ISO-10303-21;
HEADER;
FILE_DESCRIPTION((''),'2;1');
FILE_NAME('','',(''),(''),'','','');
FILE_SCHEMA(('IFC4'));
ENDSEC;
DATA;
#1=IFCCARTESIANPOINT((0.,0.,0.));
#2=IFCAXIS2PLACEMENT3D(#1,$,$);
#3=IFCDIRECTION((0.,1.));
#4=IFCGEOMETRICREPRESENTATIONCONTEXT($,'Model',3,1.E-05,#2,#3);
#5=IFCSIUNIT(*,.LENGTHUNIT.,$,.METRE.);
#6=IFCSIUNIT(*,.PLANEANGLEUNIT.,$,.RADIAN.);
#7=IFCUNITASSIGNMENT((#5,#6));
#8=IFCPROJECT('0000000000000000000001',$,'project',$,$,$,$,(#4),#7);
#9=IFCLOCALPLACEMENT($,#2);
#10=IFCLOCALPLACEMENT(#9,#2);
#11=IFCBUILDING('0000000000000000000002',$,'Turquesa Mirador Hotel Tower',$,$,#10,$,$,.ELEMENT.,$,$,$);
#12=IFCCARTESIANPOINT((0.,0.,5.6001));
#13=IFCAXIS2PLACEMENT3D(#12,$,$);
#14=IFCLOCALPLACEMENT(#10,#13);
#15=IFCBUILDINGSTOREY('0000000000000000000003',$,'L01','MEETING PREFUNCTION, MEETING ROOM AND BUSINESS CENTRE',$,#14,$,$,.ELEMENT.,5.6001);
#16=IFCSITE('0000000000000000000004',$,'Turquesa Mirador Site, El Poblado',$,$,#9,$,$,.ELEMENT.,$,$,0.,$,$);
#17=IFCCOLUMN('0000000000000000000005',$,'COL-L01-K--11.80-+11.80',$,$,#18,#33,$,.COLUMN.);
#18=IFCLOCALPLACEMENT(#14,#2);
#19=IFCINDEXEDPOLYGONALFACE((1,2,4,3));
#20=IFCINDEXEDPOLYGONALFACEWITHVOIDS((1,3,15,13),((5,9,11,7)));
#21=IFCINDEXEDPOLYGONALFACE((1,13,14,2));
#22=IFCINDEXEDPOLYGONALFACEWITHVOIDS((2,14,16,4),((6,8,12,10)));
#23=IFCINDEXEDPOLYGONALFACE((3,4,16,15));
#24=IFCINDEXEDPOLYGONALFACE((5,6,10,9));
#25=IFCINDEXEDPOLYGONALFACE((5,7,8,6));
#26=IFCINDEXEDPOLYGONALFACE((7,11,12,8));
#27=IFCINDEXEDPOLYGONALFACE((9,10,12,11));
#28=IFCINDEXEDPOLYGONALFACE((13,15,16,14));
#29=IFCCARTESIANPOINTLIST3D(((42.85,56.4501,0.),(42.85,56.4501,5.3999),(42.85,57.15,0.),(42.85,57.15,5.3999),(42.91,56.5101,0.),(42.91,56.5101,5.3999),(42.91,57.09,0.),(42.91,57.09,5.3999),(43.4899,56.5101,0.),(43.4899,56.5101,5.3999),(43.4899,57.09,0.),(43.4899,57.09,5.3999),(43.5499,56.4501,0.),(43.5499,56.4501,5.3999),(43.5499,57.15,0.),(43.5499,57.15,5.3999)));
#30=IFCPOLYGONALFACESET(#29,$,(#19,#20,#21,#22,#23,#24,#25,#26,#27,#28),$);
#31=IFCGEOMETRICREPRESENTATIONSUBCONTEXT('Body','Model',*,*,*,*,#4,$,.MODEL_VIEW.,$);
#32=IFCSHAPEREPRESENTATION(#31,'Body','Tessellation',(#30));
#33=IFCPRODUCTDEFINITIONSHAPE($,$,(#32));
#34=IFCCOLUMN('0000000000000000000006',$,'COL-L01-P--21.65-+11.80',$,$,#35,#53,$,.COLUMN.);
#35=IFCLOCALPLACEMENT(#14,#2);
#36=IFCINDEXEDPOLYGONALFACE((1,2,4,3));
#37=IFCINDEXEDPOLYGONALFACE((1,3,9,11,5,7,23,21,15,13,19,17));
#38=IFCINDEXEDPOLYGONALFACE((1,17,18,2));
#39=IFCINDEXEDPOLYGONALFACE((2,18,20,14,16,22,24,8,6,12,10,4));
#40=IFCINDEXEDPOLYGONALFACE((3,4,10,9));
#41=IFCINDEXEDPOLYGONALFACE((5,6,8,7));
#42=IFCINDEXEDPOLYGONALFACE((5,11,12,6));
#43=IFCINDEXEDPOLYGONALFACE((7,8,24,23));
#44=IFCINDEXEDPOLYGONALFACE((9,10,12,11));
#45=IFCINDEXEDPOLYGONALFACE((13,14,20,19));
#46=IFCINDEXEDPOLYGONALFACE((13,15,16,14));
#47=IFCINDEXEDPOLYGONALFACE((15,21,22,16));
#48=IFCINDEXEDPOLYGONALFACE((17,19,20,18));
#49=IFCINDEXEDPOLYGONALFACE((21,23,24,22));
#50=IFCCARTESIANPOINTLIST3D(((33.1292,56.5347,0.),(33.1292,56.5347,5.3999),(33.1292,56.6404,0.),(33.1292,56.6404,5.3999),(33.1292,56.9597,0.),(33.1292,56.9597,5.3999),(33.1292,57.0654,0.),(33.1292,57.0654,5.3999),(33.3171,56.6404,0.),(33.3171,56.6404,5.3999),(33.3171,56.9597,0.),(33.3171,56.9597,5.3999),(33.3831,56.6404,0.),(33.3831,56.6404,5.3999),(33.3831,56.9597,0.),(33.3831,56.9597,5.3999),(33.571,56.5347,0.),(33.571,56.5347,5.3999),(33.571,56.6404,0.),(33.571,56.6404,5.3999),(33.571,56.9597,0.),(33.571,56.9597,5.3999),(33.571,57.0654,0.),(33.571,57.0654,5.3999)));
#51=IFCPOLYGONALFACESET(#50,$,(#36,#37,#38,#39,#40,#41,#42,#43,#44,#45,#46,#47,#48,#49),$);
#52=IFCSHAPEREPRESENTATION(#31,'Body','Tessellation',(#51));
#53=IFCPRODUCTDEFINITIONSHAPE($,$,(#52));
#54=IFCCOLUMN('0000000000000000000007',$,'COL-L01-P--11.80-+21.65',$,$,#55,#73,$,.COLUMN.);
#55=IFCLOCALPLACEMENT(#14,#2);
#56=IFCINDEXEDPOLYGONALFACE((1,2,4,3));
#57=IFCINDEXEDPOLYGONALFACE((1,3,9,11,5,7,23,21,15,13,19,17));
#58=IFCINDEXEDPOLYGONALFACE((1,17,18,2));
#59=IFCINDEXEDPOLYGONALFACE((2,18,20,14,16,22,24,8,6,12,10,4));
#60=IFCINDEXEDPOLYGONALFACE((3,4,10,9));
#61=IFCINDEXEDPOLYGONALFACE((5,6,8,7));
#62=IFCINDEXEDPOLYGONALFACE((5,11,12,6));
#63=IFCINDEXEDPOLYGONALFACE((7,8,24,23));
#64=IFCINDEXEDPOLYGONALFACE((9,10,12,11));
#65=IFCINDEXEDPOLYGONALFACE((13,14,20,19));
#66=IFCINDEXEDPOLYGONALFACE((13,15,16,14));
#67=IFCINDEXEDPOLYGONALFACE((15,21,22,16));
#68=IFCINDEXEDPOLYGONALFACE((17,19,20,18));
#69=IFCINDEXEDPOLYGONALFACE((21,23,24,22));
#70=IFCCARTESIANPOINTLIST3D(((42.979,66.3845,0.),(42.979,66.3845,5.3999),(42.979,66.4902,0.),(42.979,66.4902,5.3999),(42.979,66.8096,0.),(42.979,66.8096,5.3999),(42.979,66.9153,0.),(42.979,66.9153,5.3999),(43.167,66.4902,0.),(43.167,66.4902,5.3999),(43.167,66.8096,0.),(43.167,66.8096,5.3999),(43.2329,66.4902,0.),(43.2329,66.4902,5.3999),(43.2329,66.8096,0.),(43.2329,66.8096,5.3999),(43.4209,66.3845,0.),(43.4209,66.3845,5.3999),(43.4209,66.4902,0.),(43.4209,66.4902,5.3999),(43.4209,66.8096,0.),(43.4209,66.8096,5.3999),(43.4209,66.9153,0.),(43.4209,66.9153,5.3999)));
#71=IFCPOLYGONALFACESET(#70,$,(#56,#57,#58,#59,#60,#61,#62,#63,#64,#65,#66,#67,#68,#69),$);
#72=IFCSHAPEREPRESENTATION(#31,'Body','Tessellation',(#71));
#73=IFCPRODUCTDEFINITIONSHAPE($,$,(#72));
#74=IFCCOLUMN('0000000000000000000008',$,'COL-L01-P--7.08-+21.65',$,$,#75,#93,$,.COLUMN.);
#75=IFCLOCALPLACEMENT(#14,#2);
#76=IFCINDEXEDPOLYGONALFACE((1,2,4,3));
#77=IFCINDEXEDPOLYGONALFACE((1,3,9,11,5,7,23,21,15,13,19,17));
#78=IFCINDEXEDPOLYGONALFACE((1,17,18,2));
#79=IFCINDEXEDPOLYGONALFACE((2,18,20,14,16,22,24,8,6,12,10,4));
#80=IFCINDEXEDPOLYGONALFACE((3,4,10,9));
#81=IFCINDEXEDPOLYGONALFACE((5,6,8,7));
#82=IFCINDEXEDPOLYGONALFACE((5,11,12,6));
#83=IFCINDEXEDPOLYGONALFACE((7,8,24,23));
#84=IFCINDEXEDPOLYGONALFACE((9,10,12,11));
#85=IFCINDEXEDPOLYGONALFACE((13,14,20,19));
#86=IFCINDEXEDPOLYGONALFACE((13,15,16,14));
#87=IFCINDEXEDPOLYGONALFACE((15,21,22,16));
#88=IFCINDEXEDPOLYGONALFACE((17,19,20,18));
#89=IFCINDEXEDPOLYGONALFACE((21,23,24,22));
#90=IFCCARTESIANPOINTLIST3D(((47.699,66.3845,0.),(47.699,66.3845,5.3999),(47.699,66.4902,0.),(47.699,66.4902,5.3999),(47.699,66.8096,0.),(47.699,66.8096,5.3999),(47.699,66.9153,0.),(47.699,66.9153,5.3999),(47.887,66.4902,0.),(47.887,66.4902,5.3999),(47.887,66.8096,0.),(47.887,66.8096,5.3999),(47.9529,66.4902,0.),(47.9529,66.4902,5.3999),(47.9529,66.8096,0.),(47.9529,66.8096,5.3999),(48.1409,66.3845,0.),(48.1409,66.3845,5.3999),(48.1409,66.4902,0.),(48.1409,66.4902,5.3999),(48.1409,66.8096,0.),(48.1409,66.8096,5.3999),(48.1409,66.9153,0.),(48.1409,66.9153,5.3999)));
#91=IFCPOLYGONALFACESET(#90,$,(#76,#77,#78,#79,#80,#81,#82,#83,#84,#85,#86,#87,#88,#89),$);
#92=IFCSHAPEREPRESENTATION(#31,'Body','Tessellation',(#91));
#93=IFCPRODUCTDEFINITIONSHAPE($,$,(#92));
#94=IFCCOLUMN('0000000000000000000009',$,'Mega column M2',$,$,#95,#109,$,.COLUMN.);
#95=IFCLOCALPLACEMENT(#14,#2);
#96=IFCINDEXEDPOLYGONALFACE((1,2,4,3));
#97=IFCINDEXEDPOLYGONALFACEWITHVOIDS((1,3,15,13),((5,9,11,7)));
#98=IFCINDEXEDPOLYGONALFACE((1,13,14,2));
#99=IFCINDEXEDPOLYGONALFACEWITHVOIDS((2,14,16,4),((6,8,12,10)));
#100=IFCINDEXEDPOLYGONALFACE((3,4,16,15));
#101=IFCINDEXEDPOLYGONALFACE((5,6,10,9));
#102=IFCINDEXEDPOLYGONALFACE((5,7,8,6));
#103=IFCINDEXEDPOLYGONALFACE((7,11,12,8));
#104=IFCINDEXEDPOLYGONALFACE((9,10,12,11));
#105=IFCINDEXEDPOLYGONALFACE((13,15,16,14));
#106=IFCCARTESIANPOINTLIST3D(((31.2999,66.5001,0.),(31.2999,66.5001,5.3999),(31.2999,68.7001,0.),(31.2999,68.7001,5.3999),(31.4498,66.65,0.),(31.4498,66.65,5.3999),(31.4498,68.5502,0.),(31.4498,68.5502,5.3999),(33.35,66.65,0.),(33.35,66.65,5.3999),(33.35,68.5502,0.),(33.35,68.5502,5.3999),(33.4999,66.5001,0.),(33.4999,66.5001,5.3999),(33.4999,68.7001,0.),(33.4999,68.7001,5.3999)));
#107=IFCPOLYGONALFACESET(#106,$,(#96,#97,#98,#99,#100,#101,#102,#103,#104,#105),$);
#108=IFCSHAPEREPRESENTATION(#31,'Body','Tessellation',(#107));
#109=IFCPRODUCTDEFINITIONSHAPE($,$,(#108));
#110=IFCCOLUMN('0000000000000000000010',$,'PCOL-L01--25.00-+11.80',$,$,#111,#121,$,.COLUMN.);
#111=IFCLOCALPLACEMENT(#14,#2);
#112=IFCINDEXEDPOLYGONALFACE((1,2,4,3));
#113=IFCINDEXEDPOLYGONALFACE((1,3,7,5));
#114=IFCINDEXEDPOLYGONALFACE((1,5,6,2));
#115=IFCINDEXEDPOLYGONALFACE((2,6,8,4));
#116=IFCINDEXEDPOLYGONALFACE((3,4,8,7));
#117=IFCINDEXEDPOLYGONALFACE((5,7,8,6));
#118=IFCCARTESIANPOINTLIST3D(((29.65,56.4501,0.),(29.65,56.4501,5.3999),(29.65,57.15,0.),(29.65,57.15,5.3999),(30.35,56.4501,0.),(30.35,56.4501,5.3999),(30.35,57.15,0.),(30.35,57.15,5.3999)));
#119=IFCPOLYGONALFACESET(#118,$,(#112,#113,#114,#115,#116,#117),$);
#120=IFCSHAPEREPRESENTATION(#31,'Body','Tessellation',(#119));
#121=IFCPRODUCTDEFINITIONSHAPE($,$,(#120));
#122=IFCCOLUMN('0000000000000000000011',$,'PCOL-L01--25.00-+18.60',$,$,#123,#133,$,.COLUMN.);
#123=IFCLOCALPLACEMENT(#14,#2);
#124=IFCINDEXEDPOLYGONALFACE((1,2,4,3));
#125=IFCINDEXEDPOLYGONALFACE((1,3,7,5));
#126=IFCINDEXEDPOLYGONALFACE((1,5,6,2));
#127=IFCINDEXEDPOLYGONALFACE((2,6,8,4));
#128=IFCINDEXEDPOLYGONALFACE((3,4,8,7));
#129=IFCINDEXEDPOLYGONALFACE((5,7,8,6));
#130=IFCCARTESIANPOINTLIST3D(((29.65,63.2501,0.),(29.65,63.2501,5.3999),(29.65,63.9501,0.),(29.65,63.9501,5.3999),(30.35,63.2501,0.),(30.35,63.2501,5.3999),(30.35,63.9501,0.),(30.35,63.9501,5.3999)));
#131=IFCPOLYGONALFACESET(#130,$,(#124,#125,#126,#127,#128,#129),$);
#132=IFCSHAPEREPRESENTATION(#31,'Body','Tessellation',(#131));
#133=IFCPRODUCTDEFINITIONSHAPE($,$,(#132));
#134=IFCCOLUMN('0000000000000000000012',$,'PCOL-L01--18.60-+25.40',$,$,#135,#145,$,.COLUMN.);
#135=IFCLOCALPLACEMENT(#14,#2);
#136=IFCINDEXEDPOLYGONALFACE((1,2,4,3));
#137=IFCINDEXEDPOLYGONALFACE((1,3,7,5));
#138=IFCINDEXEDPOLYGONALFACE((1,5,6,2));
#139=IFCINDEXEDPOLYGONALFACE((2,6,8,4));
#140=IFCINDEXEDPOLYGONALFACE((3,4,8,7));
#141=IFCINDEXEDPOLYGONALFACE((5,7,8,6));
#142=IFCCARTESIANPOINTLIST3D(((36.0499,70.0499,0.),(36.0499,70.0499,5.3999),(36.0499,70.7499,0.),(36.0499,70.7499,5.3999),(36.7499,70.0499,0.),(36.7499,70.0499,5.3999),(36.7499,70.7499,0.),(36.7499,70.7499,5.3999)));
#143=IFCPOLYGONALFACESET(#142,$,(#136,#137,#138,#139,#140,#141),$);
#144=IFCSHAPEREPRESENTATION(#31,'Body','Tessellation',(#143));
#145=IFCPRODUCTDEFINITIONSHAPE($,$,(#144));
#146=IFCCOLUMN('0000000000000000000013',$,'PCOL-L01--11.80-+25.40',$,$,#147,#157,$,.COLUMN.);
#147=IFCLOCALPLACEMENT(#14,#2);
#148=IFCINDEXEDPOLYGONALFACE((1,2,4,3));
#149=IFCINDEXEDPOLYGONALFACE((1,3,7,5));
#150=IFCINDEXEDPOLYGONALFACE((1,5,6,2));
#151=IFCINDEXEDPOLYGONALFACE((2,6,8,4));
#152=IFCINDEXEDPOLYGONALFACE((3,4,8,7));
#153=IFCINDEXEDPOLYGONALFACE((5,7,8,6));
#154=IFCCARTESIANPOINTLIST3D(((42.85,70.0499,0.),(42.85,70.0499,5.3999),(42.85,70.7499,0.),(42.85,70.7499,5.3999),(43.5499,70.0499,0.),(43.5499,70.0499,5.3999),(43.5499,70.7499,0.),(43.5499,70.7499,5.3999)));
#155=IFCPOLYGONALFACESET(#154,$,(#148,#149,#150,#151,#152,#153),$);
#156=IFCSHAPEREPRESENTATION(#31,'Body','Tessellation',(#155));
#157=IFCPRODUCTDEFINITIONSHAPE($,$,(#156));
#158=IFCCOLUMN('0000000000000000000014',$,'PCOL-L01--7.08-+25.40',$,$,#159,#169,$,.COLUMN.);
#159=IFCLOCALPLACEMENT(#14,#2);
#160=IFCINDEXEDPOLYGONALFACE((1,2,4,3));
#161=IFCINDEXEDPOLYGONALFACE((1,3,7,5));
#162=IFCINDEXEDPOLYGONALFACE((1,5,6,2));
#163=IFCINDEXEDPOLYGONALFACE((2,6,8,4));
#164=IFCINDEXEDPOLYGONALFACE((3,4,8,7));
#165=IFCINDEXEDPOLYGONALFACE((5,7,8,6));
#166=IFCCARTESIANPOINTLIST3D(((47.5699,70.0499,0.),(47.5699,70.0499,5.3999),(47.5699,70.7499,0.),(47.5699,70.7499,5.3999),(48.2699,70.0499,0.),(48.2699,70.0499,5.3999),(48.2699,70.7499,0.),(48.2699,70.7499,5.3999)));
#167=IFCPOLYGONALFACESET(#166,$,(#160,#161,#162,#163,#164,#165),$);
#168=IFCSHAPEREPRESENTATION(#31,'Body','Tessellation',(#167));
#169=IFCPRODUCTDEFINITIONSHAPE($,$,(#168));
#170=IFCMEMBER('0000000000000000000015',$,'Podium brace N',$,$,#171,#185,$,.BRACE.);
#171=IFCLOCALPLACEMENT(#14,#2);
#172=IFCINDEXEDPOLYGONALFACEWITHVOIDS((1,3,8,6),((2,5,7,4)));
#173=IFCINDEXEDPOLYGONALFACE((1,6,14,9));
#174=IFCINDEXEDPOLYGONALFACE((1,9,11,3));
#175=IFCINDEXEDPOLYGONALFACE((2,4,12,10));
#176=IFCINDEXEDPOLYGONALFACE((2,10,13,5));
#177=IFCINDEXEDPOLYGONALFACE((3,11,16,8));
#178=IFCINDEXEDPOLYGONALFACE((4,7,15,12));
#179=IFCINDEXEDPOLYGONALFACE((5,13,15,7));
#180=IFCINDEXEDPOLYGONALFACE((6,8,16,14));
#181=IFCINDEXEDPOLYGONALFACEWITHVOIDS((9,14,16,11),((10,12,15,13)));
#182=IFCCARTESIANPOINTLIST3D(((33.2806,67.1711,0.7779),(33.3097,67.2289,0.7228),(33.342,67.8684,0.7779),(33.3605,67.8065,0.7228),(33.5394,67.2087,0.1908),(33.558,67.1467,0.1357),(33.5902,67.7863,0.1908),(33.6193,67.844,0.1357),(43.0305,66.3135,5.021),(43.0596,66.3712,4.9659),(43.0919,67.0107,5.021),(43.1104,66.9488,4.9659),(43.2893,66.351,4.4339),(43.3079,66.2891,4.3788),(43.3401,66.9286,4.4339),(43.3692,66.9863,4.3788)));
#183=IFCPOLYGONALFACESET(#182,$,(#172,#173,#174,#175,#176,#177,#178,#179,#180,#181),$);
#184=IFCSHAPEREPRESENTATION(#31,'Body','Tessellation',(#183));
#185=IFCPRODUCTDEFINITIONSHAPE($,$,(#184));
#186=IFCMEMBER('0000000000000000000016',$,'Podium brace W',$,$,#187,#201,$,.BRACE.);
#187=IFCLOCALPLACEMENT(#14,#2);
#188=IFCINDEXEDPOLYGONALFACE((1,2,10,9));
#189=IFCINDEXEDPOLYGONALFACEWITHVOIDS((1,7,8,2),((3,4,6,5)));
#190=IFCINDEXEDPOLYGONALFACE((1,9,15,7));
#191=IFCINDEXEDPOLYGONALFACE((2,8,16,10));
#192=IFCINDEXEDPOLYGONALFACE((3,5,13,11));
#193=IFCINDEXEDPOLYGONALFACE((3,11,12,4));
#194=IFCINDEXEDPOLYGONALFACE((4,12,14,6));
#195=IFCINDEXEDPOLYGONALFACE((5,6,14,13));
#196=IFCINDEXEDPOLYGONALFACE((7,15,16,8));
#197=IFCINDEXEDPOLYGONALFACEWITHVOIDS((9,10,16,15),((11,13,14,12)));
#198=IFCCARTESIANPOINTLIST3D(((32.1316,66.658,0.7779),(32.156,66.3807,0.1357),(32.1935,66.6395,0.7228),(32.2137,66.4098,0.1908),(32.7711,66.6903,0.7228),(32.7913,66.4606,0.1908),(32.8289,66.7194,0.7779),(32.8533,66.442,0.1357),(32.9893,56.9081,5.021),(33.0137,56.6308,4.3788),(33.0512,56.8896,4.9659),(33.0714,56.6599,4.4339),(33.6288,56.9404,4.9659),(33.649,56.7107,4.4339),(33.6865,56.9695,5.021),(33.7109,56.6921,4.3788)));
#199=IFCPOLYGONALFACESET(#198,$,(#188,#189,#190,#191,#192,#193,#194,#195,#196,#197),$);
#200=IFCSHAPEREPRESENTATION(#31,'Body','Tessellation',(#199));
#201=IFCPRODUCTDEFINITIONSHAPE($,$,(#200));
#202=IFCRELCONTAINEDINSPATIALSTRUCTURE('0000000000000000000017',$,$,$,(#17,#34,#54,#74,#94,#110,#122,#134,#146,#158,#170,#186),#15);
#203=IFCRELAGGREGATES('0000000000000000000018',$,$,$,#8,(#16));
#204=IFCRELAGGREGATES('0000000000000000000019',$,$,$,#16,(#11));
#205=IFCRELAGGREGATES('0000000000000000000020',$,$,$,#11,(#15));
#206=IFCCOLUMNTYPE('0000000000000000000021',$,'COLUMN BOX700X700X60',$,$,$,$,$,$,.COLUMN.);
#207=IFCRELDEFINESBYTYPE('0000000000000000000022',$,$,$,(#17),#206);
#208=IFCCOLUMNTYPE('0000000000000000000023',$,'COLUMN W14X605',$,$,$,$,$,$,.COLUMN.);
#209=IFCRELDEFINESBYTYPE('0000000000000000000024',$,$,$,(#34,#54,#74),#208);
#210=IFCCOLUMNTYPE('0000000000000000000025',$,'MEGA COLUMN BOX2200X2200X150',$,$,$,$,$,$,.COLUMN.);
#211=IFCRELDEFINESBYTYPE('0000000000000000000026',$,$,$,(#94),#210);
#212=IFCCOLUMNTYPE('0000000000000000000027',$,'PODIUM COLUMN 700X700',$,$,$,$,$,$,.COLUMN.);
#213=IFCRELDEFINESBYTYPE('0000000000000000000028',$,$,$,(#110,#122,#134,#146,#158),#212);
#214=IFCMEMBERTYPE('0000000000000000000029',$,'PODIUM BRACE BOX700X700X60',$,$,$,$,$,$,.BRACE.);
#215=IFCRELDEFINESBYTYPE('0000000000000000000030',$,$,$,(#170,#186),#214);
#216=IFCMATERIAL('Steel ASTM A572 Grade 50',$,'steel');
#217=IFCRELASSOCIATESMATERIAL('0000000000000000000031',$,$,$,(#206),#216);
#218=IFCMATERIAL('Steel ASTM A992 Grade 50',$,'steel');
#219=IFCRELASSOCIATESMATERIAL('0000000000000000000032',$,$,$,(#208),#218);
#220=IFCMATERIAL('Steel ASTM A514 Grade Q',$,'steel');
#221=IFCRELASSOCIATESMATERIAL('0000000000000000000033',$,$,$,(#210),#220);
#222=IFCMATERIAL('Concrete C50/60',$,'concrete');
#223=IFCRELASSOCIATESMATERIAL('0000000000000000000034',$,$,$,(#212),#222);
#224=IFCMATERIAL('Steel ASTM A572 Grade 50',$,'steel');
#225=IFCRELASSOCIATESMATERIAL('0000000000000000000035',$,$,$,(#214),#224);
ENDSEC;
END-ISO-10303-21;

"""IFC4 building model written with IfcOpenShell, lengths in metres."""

from ifc_helpers import new_model, si_unit, direction, frame, origin, origin_2d, place, context, subcontext, project, spatial, rectangle, hollow_rectangle, i_section, extrude, material, material_profile, profile_set, type_object, element, save


model = new_model("IFC4")

# Units and contexts
model_context = context("Model", 3, precision=1e-05, world=origin(), true_north=direction((0.0, 1.0)))
body_context = subcontext(model_context, "Body", "Model", "MODEL_VIEW")
ifc_project = project(units=[si_unit("LENGTHUNIT", "METRE"), si_unit("PLANEANGLEUNIT", "RADIAN")], contexts=[model_context])

# Site, building, storey
site_placement = place(None, origin())
site = spatial("IfcSite", under=ifc_project, at=site_placement, Name="Turquesa Mirador Site, El Poblado", CompositionType="ELEMENT", RefElevation=0.0)
building_placement = place(site_placement, origin())
building = spatial("IfcBuilding", under=site, at=building_placement, Name="Turquesa Mirador Hotel Tower", CompositionType="ELEMENT")
storey_placement = place(building_placement, frame((0.0, 0.0, 5.6001)))
storey = spatial("IfcBuildingStorey", under=building, at=storey_placement, Name="L01", Description="MEETING PREFUNCTION, MEETING ROOM AND BUSINESS CENTRE", CompositionType="ELEMENT", Elevation=5.6001)

# Columns
ifc_material_1 = material(Name="Steel ASTM A572 Grade 50", Category="steel")
ifc_material_profile_1 = material_profile(ifc_material_1, hollow_rectangle(XDim=0.7, YDim=0.7, WallThickness=0.0601, at=origin_2d()), Name="BOX700X700X60")
ifc_profile_set_1 = profile_set([ifc_material_profile_1], Name="Steel ASTM A572 Grade 50")
column_type_1 = type_object("IfcColumnType", Name="COLUMN BOX700X700X60", PredefinedType="COLUMN", material=ifc_profile_set_1)
column_1_placement = place(storey_placement, frame((43.2, 56.8, 0.0), z_axis=(0.0, 0.0, 1.0), x_axis=(1.0, 0.0, 0.0)))
element("IfcColumn", 1, at=column_1_placement, inside=storey, type_object=column_type_1, Name="COL-L01-K--11.80-+11.80", PredefinedType="COLUMN", context=body_context, shape_type="SweptSolid", body=[
    extrude(hollow_rectangle(XDim=0.7, YDim=0.7, WallThickness=0.0601, at=origin_2d()), origin(), (0.0, 0.0, 1.0), 5.3999),
])
ifc_material_2 = material(Name="Steel ASTM A992 Grade 50", Category="steel")
ifc_material_profile_2 = material_profile(ifc_material_2, i_section(OverallWidth=0.4419, OverallDepth=0.5308, WebThickness=0.0659, FlangeThickness=0.1057, at=origin_2d()), Name="W14X605")
ifc_profile_set_2 = profile_set([ifc_material_profile_2], Name="Steel ASTM A992 Grade 50")
column_type_2 = type_object("IfcColumnType", Name="COLUMN W14X605", PredefinedType="COLUMN", material=ifc_profile_set_2)
for number, where, z_axis, x_axis, name in (
    (2, (33.3501, 56.8, 0.0), (0.0, 0.0, 1.0), (1.0, 0.0, 0.0), "COL-L01-P--21.65-+11.80"),
    (3, (43.2, 66.6499, 0.0), (0.0, 0.0, 1.0), (1.0, 0.0, 0.0), "COL-L01-P--11.80-+21.65"),
    (4, (47.9199, 66.6499, 0.0), (0.0, 0.0, 1.0), (1.0, 0.0, 0.0), "COL-L01-P--7.08-+21.65"),
):
    element("IfcColumn", number, at=place(storey_placement, frame(where, z_axis=z_axis, x_axis=x_axis)), inside=storey, type_object=column_type_2, Name=name, PredefinedType="COLUMN", context=body_context, shape_type="SweptSolid", body=[
        extrude(i_section(OverallWidth=0.4419, OverallDepth=0.5308, WebThickness=0.0659, FlangeThickness=0.1057, at=origin_2d()), origin(), (0.0, 0.0, 1.0), 5.3999),
    ])
ifc_material_3 = material(Name="Steel ASTM A514 Grade Q", Category="steel")
ifc_material_profile_3 = material_profile(ifc_material_3, hollow_rectangle(XDim=2.2, YDim=2.2, WallThickness=0.1499, at=origin_2d()), Name="BOX2200X2200X150")
ifc_profile_set_3 = profile_set([ifc_material_profile_3], Name="Steel ASTM A514 Grade Q")
column_type_3 = type_object("IfcColumnType", Name="MEGA COLUMN BOX2200X2200X150", PredefinedType="COLUMN", material=ifc_profile_set_3)
column_2_placement = place(storey_placement, frame((32.3999, 67.6001, 0.0), z_axis=(0.0, 0.0, 1.0), x_axis=(1.0, 0.0, 0.0)))
element("IfcColumn", 5, at=column_2_placement, inside=storey, type_object=column_type_3, Name="Mega column M2", PredefinedType="COLUMN", context=body_context, shape_type="SweptSolid", body=[
    extrude(hollow_rectangle(XDim=2.2, YDim=2.2, WallThickness=0.1499, at=origin_2d()), origin(), (0.0, 0.0, 1.0), 5.3999),
])
ifc_material_4 = material(Name="Concrete C50/60", Category="concrete")
ifc_material_profile_4 = material_profile(ifc_material_4, rectangle(XDim=0.7, YDim=0.7, at=origin_2d()), Name="RC 700X700")
ifc_profile_set_4 = profile_set([ifc_material_profile_4], Name="Concrete C50/60")
column_type_4 = type_object("IfcColumnType", Name="PODIUM COLUMN 700X700", PredefinedType="COLUMN", material=ifc_profile_set_4)
for number, where, z_axis, x_axis, name in (
    (6, (30.0, 56.8, 0.0), (0.0, 0.0, 1.0), (1.0, 0.0, 0.0), "PCOL-L01--25.00-+11.80"),
    (7, (30.0, 63.6001, 0.0), (0.0, 0.0, 1.0), (1.0, 0.0, 0.0), "PCOL-L01--25.00-+18.60"),
    (8, (36.3999, 70.3999, 0.0), (0.0, 0.0, 1.0), (1.0, 0.0, 0.0), "PCOL-L01--18.60-+25.40"),
    (9, (43.2, 70.3999, 0.0), (0.0, 0.0, 1.0), (1.0, 0.0, 0.0), "PCOL-L01--11.80-+25.40"),
    (10, (47.9199, 70.3999, 0.0), (0.0, 0.0, 1.0), (1.0, 0.0, 0.0), "PCOL-L01--7.08-+25.40"),
):
    element("IfcColumn", number, at=place(storey_placement, frame(where, z_axis=z_axis, x_axis=x_axis)), inside=storey, type_object=column_type_4, Name=name, PredefinedType="COLUMN", context=body_context, shape_type="SweptSolid", body=[
        extrude(rectangle(XDim=0.7, YDim=0.7, at=origin_2d()), origin(), (0.0, 0.0, 1.0), 5.3999),
    ])

# Members
ifc_material_5 = material(Name="Steel ASTM A572 Grade 50", Category="steel")
ifc_material_profile_5 = material_profile(ifc_material_5, hollow_rectangle(XDim=0.7, YDim=0.7, WallThickness=0.0601, at=origin_2d()), Name="BOX700X700X60")
ifc_profile_set_5 = profile_set([ifc_material_profile_5], Name="Steel ASTM A572 Grade 50")
member_type = type_object("IfcMemberType", Name="PODIUM BRACE BOX700X700X60", PredefinedType="BRACE", material=ifc_profile_set_5)
for number, where, z_axis, x_axis, name in (
    (11, (33.45, 67.5076, 0.4568), (0.913963, -0.080397, 0.397753), (0.087627, 0.996153, 0.0), "Podium brace N"),
    (12, (32.4924, 66.55, 0.4568), (0.080397, -0.913963, 0.397753), (0.996153, 0.087627, 0.0), "Podium brace W"),
):
    element("IfcMember", number, at=place(storey_placement, frame(where, z_axis=z_axis, x_axis=x_axis)), inside=storey, type_object=member_type, Name=name, PredefinedType="BRACE", context=body_context, shape_type="SweptSolid", body=[
        extrude(hollow_rectangle(XDim=0.7, YDim=0.7, WallThickness=0.0601, at=origin_2d()), origin(), (0.0, 0.0, 1.0), 10.6677),
    ])

save(model, "model.ifc")
